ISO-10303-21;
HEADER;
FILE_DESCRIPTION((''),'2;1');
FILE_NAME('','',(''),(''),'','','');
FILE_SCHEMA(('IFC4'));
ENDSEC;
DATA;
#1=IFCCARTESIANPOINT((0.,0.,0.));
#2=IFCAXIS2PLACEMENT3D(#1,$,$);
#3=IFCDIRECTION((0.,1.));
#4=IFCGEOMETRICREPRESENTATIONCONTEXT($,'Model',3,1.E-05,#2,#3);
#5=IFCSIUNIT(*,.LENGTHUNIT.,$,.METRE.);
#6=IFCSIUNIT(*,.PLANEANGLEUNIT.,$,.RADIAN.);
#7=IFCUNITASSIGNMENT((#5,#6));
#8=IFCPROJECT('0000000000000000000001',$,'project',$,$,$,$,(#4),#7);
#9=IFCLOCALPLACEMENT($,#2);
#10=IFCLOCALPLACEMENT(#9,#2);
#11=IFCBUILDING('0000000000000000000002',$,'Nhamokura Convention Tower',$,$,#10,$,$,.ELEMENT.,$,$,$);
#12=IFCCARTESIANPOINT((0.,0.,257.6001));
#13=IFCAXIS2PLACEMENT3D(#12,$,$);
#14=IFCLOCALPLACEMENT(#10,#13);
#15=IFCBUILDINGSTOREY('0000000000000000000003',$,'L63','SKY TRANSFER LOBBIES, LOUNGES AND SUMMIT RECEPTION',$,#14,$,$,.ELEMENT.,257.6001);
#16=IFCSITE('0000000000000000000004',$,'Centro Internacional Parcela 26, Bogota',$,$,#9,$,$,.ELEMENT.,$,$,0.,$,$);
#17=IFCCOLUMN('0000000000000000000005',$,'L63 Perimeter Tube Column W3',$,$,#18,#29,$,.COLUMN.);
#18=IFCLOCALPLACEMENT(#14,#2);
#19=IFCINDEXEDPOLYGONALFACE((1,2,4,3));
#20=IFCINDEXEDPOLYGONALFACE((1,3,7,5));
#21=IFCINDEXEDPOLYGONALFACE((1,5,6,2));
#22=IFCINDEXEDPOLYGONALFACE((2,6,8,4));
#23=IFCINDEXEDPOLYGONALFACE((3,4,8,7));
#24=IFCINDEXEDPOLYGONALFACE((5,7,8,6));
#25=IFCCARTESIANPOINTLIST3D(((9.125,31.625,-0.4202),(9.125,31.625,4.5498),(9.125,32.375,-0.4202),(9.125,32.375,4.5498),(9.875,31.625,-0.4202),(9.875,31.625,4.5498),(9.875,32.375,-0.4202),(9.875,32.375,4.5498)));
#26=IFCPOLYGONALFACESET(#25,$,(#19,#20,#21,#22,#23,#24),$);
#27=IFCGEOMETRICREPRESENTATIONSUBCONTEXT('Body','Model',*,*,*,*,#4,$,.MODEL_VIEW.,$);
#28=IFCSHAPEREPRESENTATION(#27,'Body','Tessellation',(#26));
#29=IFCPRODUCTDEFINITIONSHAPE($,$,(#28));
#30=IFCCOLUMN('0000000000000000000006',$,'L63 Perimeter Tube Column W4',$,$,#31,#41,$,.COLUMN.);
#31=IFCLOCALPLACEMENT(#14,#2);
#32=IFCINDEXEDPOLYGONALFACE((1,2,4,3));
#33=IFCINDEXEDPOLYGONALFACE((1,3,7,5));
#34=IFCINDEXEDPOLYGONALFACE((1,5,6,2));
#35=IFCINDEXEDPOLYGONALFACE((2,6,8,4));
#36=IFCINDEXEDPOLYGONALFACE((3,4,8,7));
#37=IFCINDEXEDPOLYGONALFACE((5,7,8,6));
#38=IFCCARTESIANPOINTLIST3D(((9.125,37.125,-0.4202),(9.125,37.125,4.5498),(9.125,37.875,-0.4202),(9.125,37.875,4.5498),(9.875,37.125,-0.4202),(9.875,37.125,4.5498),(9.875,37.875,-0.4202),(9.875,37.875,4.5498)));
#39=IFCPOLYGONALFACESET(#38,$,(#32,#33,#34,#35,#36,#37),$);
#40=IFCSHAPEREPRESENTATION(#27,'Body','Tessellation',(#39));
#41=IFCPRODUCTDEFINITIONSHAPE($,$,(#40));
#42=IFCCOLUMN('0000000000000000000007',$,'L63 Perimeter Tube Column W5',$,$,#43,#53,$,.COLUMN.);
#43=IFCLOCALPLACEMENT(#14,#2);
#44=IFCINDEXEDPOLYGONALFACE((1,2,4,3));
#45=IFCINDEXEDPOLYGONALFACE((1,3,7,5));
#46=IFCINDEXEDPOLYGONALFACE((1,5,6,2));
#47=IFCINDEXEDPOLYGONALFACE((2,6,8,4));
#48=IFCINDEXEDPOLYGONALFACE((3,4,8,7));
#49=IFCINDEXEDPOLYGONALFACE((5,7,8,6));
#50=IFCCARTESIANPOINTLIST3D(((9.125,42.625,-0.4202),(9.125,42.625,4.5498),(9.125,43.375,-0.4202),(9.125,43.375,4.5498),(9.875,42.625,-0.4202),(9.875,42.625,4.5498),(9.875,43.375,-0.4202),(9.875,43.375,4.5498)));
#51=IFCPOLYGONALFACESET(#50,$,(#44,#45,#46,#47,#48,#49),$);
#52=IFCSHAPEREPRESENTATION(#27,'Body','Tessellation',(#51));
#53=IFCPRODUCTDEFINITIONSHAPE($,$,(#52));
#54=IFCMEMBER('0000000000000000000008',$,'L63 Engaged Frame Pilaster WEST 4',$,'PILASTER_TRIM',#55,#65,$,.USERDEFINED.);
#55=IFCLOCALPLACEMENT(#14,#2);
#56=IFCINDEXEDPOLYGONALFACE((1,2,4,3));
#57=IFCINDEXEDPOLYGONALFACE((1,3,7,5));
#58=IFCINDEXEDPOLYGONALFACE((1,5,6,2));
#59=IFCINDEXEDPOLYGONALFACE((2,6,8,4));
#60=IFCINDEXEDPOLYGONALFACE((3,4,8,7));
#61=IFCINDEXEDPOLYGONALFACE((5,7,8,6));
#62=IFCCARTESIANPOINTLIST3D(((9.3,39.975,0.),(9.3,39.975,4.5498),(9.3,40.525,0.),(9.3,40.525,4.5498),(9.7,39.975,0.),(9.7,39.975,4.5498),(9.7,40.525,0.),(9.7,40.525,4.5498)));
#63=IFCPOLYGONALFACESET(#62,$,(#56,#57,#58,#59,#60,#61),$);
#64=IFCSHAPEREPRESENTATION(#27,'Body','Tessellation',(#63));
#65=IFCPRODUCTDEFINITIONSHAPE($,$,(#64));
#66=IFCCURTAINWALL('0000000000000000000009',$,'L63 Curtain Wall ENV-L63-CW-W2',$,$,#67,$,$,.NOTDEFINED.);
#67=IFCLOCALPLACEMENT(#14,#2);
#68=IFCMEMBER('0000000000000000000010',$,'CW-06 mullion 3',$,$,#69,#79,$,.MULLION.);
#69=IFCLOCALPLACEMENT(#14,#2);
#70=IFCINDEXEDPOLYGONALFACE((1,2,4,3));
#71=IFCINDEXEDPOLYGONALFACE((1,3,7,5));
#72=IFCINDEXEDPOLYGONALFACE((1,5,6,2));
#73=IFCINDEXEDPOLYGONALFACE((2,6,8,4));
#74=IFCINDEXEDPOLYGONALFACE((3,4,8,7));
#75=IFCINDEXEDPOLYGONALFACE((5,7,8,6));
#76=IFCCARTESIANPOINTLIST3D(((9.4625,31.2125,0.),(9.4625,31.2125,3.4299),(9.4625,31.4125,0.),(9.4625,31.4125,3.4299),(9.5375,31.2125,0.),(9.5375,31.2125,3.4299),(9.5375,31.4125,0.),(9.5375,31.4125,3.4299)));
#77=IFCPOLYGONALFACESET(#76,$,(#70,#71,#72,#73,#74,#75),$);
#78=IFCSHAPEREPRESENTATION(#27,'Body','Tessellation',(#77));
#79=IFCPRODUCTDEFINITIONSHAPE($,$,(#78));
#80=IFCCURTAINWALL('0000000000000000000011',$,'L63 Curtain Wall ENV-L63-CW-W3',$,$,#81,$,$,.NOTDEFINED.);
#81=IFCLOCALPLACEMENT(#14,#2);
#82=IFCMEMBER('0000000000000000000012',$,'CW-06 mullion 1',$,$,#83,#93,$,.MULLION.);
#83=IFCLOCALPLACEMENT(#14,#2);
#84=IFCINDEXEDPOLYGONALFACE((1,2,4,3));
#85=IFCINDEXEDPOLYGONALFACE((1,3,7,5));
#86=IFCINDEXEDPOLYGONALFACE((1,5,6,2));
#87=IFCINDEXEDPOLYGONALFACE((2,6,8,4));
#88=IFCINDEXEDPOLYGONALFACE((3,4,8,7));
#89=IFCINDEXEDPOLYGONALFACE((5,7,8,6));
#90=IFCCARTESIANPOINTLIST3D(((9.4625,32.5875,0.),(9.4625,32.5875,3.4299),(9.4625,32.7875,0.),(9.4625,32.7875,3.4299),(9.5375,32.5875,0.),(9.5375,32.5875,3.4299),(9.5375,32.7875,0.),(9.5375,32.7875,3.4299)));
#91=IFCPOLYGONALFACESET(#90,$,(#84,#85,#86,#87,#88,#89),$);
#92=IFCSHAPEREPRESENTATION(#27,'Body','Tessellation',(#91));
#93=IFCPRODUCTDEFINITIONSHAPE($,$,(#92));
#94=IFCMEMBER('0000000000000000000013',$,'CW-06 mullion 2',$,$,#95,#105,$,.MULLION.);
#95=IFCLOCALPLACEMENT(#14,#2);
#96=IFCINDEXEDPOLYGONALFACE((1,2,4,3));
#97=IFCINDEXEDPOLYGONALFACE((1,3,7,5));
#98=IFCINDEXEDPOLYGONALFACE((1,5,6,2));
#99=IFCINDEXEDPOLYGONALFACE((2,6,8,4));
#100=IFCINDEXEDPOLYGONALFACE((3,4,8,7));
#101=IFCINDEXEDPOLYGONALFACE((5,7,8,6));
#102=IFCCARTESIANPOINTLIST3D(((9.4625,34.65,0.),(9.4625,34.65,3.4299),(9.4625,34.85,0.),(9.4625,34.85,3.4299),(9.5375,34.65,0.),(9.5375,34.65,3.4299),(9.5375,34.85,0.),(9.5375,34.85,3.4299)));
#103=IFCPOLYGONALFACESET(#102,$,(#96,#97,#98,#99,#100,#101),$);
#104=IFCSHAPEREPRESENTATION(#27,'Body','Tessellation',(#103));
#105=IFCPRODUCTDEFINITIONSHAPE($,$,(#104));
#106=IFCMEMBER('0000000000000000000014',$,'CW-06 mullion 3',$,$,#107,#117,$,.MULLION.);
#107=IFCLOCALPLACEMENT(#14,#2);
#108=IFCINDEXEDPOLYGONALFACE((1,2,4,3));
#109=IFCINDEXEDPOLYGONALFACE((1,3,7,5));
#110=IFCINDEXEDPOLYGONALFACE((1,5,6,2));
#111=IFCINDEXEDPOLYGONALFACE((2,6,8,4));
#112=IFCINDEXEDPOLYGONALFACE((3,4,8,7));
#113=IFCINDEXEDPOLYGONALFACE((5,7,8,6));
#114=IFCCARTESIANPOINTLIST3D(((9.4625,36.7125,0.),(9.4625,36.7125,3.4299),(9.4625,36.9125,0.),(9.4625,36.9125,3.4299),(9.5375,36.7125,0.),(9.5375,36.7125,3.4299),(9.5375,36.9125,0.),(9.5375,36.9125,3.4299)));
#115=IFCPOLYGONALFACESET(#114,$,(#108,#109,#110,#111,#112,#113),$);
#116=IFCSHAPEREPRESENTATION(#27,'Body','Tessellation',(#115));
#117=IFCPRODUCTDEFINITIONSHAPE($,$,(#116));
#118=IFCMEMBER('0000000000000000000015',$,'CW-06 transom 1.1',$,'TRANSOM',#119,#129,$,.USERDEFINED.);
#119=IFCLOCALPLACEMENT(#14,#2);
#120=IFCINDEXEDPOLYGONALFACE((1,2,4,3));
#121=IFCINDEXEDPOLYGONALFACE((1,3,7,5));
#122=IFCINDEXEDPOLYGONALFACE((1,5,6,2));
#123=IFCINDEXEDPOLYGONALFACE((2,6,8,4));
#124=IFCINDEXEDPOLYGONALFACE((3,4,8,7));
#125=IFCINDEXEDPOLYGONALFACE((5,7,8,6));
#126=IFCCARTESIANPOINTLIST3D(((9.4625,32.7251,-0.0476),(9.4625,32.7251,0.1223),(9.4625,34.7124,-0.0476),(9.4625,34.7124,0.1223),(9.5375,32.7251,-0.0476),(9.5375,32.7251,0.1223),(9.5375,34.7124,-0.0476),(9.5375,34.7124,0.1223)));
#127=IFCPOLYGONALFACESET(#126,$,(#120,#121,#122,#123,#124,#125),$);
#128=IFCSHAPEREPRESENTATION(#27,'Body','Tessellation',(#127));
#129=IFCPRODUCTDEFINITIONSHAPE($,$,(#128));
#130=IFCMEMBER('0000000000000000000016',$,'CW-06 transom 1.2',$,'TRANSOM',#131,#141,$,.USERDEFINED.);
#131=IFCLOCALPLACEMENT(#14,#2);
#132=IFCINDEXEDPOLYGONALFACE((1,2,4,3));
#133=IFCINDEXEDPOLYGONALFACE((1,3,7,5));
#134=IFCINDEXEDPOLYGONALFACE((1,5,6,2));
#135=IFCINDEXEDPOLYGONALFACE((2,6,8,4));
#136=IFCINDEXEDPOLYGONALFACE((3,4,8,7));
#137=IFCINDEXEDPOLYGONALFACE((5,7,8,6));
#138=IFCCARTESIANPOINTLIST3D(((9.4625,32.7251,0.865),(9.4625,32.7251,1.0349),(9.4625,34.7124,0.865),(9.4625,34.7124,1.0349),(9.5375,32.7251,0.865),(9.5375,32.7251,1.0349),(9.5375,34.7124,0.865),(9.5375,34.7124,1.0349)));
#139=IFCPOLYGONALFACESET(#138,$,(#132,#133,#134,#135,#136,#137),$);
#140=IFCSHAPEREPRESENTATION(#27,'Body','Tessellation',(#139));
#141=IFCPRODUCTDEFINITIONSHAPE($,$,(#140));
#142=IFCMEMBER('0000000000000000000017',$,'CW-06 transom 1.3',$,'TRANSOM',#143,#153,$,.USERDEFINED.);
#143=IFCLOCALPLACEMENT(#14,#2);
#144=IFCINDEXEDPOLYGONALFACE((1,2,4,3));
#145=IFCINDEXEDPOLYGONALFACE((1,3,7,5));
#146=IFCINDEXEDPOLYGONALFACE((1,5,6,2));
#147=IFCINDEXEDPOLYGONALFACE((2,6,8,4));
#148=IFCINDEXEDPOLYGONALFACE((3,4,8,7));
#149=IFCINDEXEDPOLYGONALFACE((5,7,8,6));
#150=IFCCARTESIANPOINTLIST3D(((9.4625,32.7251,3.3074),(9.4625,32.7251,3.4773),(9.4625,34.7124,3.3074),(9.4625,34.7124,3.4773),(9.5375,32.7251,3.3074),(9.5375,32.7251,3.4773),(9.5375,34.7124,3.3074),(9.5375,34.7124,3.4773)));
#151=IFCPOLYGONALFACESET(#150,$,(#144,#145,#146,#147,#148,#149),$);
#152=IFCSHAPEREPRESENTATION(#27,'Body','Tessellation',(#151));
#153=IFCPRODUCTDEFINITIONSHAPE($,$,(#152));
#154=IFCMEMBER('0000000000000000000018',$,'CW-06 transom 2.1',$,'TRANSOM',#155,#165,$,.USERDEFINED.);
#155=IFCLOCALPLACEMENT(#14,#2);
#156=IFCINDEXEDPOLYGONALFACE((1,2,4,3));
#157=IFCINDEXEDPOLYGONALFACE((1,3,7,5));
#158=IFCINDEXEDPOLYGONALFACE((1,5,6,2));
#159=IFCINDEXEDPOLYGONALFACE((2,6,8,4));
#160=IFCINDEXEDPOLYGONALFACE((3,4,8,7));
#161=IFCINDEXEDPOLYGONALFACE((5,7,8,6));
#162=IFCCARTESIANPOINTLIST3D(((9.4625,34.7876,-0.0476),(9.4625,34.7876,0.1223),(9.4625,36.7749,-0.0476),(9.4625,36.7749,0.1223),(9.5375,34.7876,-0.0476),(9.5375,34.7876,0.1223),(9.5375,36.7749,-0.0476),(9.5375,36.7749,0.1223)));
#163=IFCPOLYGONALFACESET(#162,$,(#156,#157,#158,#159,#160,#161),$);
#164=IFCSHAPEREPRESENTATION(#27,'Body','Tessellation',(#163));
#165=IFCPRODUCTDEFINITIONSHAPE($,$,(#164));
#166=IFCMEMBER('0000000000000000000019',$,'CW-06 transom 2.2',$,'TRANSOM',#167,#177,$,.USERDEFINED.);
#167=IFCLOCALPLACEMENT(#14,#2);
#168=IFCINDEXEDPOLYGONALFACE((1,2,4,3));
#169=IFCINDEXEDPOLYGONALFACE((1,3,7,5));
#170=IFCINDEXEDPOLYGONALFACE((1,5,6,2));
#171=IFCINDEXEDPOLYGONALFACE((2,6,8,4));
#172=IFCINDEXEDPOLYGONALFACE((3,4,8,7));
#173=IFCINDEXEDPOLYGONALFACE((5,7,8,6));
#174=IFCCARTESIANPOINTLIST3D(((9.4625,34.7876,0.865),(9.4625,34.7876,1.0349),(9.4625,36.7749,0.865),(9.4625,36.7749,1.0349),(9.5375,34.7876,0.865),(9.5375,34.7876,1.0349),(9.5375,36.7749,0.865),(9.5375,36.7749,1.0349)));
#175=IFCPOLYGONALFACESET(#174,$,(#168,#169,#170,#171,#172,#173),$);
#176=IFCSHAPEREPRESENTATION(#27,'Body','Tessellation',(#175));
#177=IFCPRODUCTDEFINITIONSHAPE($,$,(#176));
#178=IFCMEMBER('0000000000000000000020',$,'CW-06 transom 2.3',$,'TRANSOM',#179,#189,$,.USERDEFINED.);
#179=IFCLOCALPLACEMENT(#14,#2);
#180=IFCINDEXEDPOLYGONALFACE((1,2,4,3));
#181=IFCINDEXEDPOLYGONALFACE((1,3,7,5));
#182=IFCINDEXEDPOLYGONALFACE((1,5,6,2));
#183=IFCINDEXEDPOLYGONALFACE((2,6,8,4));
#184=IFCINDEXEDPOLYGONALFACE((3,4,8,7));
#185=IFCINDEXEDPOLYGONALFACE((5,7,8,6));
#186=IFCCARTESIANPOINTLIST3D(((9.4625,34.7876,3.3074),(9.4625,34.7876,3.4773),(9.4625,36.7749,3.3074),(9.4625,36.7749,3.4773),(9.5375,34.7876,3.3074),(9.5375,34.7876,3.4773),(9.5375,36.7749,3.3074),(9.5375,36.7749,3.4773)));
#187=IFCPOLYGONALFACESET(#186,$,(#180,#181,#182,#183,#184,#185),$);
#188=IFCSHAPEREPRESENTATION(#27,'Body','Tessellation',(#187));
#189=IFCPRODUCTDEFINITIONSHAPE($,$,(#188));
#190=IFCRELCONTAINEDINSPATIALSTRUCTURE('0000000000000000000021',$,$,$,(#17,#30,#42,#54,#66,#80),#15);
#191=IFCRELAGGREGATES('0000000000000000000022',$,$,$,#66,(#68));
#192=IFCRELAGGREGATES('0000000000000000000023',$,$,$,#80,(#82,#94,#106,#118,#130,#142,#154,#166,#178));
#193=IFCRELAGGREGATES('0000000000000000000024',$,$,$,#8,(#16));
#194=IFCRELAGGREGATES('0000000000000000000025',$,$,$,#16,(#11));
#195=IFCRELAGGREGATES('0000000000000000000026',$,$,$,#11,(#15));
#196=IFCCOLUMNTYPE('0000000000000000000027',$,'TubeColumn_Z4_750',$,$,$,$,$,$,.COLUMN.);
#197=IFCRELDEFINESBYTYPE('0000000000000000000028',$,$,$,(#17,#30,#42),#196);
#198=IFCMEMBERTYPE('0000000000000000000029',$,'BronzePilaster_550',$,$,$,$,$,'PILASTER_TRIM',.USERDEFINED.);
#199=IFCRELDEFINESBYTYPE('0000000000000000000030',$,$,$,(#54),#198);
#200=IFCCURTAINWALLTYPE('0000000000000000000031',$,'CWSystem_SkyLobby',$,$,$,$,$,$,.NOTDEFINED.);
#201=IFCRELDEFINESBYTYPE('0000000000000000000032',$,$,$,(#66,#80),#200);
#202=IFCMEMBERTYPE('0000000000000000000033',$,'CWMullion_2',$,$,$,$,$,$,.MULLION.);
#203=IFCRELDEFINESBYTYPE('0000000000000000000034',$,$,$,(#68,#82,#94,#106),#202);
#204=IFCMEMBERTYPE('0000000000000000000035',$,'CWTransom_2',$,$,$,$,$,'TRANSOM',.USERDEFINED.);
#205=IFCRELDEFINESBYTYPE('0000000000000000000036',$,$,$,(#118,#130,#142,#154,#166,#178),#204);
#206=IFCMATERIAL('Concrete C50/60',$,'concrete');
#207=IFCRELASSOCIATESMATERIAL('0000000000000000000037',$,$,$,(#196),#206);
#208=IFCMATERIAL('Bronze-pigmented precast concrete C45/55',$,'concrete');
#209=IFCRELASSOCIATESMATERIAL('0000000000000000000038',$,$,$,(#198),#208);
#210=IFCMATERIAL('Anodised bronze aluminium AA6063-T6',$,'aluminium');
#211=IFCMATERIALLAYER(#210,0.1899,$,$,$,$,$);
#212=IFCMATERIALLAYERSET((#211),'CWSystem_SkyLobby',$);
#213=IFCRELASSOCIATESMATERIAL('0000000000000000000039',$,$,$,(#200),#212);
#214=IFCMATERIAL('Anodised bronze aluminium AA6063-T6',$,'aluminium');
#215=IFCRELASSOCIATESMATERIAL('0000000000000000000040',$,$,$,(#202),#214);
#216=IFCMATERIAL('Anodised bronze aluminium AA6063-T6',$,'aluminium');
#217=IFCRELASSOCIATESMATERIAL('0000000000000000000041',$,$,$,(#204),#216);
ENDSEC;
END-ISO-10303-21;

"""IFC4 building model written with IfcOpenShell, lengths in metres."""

from ifc_helpers import new_model, si_unit, direction, frame, origin, origin_2d, place, context, subcontext, project, spatial, rectangle, extrude, material, layer, layer_set, material_profile, profile_set, type_object, element, aggregate, save


model = new_model("IFC4")

# Units and contexts
model_context = context("Model", 3, precision=1e-05, world=origin(), true_north=direction((0.0, 1.0)))
body_context = subcontext(model_context, "Body", "Model", "MODEL_VIEW")
ifc_project = project(units=[si_unit("LENGTHUNIT", "METRE"), si_unit("PLANEANGLEUNIT", "RADIAN")], contexts=[model_context])

# Site, building, storey
site_placement = place(None, origin())
site = spatial("IfcSite", under=ifc_project, at=site_placement, Name="Centro Internacional Parcela 26, Bogota", CompositionType="ELEMENT", RefElevation=0.0)
building_placement = place(site_placement, origin())
building = spatial("IfcBuilding", under=site, at=building_placement, Name="Nhamokura Convention Tower", CompositionType="ELEMENT")
storey_placement = place(building_placement, frame((0.0, 0.0, 257.6001)))
storey = spatial("IfcBuildingStorey", under=building, at=storey_placement, Name="L63", Description="SKY TRANSFER LOBBIES, LOUNGES AND SUMMIT RECEPTION", CompositionType="ELEMENT", Elevation=257.6001)

# Columns
ifc_material_1 = material(Name="Concrete C50/60", Category="concrete")
ifc_material_profile_1 = material_profile(ifc_material_1, rectangle(XDim=0.75, YDim=0.75, at=origin_2d()))
ifc_profile_set_1 = profile_set([ifc_material_profile_1], Name="Concrete C50/60")
column_type = type_object("IfcColumnType", Name="TubeColumn_Z4_750", PredefinedType="COLUMN", material=ifc_profile_set_1)
for number, where, z_axis, x_axis, name in (
    (1, (9.5, 32.0, -0.4202), (0.0, 0.0, 1.0), (1.0, 0.0, 0.0), "L63 Perimeter Tube Column W3"),
    (2, (9.5, 37.5, -0.4202), (0.0, 0.0, 1.0), (1.0, 0.0, 0.0), "L63 Perimeter Tube Column W4"),
    (3, (9.5, 43.0, -0.4202), (0.0, 0.0, 1.0), (1.0, 0.0, 0.0), "L63 Perimeter Tube Column W5"),
):
    element("IfcColumn", number, at=place(storey_placement, frame(where, z_axis=z_axis, x_axis=x_axis)), inside=storey, type_object=column_type, Name=name, PredefinedType="COLUMN", context=body_context, shape_type="SweptSolid", body=[
        extrude(rectangle(XDim=0.75, YDim=0.75, at=origin_2d()), origin(), (0.0, 0.0, 1.0), 4.97),
    ])

# Member
ifc_material_2 = material(Name="Bronze-pigmented precast concrete C45/55", Category="concrete")
ifc_material_profile_2 = material_profile(ifc_material_2, rectangle(XDim=0.3999, YDim=0.55, at=origin_2d()))
ifc_profile_set_2 = profile_set([ifc_material_profile_2], Name="Bronze-pigmented precast concrete C45/55")
member_type_1 = type_object("IfcMemberType", Name="BronzePilaster_550", ElementType="PILASTER_TRIM", PredefinedType="USERDEFINED", material=ifc_profile_set_2)
member_1_placement = place(storey_placement, frame((9.5, 40.25, 0.0), z_axis=(0.0, 0.0, 1.0), x_axis=(1.0, 0.0, 0.0)))
element("IfcMember", 4, at=member_1_placement, inside=storey, type_object=member_type_1, Name="L63 Engaged Frame Pilaster WEST 4", ObjectType="PILASTER_TRIM", PredefinedType="USERDEFINED", context=body_context, shape_type="SweptSolid", body=[
    extrude(rectangle(XDim=0.3999, YDim=0.55, at=origin_2d()), origin(), (0.0, 0.0, 1.0), 4.5498),
])

# Curtain wall, member
ifc_material_3 = material(Name="Anodised bronze aluminium AA6063-T6", Category="aluminium")
ifc_layer_1 = layer(ifc_material_3, 0.1899)
ifc_layer_set_1 = layer_set([ifc_layer_1], Name="CWSystem_SkyLobby")
curtain_wall_type = type_object("IfcCurtainWallType", Name="CWSystem_SkyLobby", PredefinedType="NOTDEFINED", material=ifc_layer_set_1)
curtain_wall_1_placement = place(storey_placement, origin())
curtain_wall_1 = element("IfcCurtainWall", 5, at=curtain_wall_1_placement, inside=storey, type_object=curtain_wall_type, Name="L63 Curtain Wall ENV-L63-CW-W2", PredefinedType="NOTDEFINED")
ifc_material_4 = material(Name="Anodised bronze aluminium AA6063-T6", Category="aluminium")
ifc_material_profile_3 = material_profile(ifc_material_4, rectangle(XDim=0.075, YDim=0.2, at=origin_2d()))
ifc_profile_set_3 = profile_set([ifc_material_profile_3], Name="Anodised bronze aluminium AA6063-T6")
member_type_2 = type_object("IfcMemberType", Name="CWMullion_2", PredefinedType="MULLION", material=ifc_profile_set_3)
member_2_placement = place(storey_placement, frame((9.5, 31.3125, 0.0), z_axis=(0.0, 0.0, 1.0), x_axis=(-1.0, 0.0, 0.0)))
member_2 = element("IfcMember", 6, at=member_2_placement, type_object=member_type_2, Name="CW-06 mullion 3", PredefinedType="MULLION", context=body_context, shape_type="SweptSolid", body=[
    extrude(rectangle(XDim=0.075, YDim=0.2, at=origin_2d()), origin(), (0.0, 0.0, 1.0), 3.4299),
])
aggregate(curtain_wall_1, [member_2])

# Curtain wall, members
curtain_wall_2_placement = place(storey_placement, origin())
curtain_wall_2 = element("IfcCurtainWall", 7, at=curtain_wall_2_placement, inside=storey, type_object=curtain_wall_type, Name="L63 Curtain Wall ENV-L63-CW-W3", PredefinedType="NOTDEFINED")
member_3_placement = place(storey_placement, frame((9.5, 32.6875, 0.0), z_axis=(0.0, 0.0, 1.0), x_axis=(-1.0, 0.0, 0.0)))
member_3 = element("IfcMember", 8, at=member_3_placement, type_object=member_type_2, Name="CW-06 mullion 1", PredefinedType="MULLION", context=body_context, shape_type="SweptSolid", body=[
    extrude(rectangle(XDim=0.075, YDim=0.2, at=origin_2d()), origin(), (0.0, 0.0, 1.0), 3.4299),
])
member_4_placement = place(storey_placement, frame((9.5, 34.75, 0.0), z_axis=(0.0, 0.0, 1.0), x_axis=(-1.0, 0.0, 0.0)))
member_4 = element("IfcMember", 9, at=member_4_placement, type_object=member_type_2, Name="CW-06 mullion 2", PredefinedType="MULLION", context=body_context, shape_type="SweptSolid", body=[
    extrude(rectangle(XDim=0.075, YDim=0.2, at=origin_2d()), origin(), (0.0, 0.0, 1.0), 3.4299),
])
member_5_placement = place(storey_placement, frame((9.5, 36.8125, 0.0), z_axis=(0.0, 0.0, 1.0), x_axis=(-1.0, 0.0, 0.0)))
member_5 = element("IfcMember", 10, at=member_5_placement, type_object=member_type_2, Name="CW-06 mullion 3", PredefinedType="MULLION", context=body_context, shape_type="SweptSolid", body=[
    extrude(rectangle(XDim=0.075, YDim=0.2, at=origin_2d()), origin(), (0.0, 0.0, 1.0), 3.4299),
])
ifc_material_5 = material(Name="Anodised bronze aluminium AA6063-T6", Category="aluminium")
ifc_material_profile_4 = material_profile(ifc_material_5, rectangle(XDim=0.075, YDim=0.1699, at=origin_2d()))
ifc_profile_set_4 = profile_set([ifc_material_profile_4], Name="Anodised bronze aluminium AA6063-T6")
member_type_3 = type_object("IfcMemberType", Name="CWTransom_2", ElementType="TRANSOM", PredefinedType="USERDEFINED", material=ifc_profile_set_4)
member_6_placement = place(storey_placement, frame((9.5, 32.7251, 0.0374), z_axis=(0.0, 1.0, 0.0), x_axis=(-1.0, 0.0, 0.0)))
member_6 = element("IfcMember", 11, at=member_6_placement, type_object=member_type_3, Name="CW-06 transom 1.1", ObjectType="TRANSOM", PredefinedType="USERDEFINED", context=body_context, shape_type="SweptSolid", body=[
    extrude(rectangle(XDim=0.075, YDim=0.1699, at=origin_2d()), origin(), (0.0, 0.0, 1.0), 1.9873),
])
member_7_placement = place(storey_placement, frame((9.5, 32.7251, 0.95), z_axis=(0.0, 1.0, 0.0), x_axis=(-1.0, 0.0, 0.0)))
member_7 = element("IfcMember", 12, at=member_7_placement, type_object=member_type_3, Name="CW-06 transom 1.2", ObjectType="TRANSOM", PredefinedType="USERDEFINED", context=body_context, shape_type="SweptSolid", body=[
    extrude(rectangle(XDim=0.075, YDim=0.1699, at=origin_2d()), origin(), (0.0, 0.0, 1.0), 1.9873),
])
member_8_placement = place(storey_placement, frame((9.5, 32.7251, 3.3923), z_axis=(0.0, 1.0, 0.0), x_axis=(-1.0, 0.0, 0.0)))
member_8 = element("IfcMember", 13, at=member_8_placement, type_object=member_type_3, Name="CW-06 transom 1.3", ObjectType="TRANSOM", PredefinedType="USERDEFINED", context=body_context, shape_type="SweptSolid", body=[
    extrude(rectangle(XDim=0.075, YDim=0.1699, at=origin_2d()), origin(), (0.0, 0.0, 1.0), 1.9873),
])
member_9_placement = place(storey_placement, frame((9.5, 34.7876, 0.0374), z_axis=(0.0, 1.0, 0.0), x_axis=(-1.0, 0.0, 0.0)))
member_9 = element("IfcMember", 14, at=member_9_placement, type_object=member_type_3, Name="CW-06 transom 2.1", ObjectType="TRANSOM", PredefinedType="USERDEFINED", context=body_context, shape_type="SweptSolid", body=[
    extrude(rectangle(XDim=0.075, YDim=0.1699, at=origin_2d()), origin(), (0.0, 0.0, 1.0), 1.9873),
])
member_10_placement = place(storey_placement, frame((9.5, 34.7876, 0.95), z_axis=(0.0, 1.0, 0.0), x_axis=(-1.0, 0.0, 0.0)))
member_10 = element("IfcMember", 15, at=member_10_placement, type_object=member_type_3, Name="CW-06 transom 2.2", ObjectType="TRANSOM", PredefinedType="USERDEFINED", context=body_context, shape_type="SweptSolid", body=[
    extrude(rectangle(XDim=0.075, YDim=0.1699, at=origin_2d()), origin(), (0.0, 0.0, 1.0), 1.9873),
])
member_11_placement = place(storey_placement, frame((9.5, 34.7876, 3.3923), z_axis=(0.0, 1.0, 0.0), x_axis=(-1.0, 0.0, 0.0)))
member_11 = element("IfcMember", 16, at=member_11_placement, type_object=member_type_3, Name="CW-06 transom 2.3", ObjectType="TRANSOM", PredefinedType="USERDEFINED", context=body_context, shape_type="SweptSolid", body=[
    extrude(rectangle(XDim=0.075, YDim=0.1699, at=origin_2d()), origin(), (0.0, 0.0, 1.0), 1.9873),
])

aggregate(curtain_wall_2, [member_3, member_4, member_5, member_6, member_7, member_8, member_9, member_10, member_11])

save(model, "model.ifc")
